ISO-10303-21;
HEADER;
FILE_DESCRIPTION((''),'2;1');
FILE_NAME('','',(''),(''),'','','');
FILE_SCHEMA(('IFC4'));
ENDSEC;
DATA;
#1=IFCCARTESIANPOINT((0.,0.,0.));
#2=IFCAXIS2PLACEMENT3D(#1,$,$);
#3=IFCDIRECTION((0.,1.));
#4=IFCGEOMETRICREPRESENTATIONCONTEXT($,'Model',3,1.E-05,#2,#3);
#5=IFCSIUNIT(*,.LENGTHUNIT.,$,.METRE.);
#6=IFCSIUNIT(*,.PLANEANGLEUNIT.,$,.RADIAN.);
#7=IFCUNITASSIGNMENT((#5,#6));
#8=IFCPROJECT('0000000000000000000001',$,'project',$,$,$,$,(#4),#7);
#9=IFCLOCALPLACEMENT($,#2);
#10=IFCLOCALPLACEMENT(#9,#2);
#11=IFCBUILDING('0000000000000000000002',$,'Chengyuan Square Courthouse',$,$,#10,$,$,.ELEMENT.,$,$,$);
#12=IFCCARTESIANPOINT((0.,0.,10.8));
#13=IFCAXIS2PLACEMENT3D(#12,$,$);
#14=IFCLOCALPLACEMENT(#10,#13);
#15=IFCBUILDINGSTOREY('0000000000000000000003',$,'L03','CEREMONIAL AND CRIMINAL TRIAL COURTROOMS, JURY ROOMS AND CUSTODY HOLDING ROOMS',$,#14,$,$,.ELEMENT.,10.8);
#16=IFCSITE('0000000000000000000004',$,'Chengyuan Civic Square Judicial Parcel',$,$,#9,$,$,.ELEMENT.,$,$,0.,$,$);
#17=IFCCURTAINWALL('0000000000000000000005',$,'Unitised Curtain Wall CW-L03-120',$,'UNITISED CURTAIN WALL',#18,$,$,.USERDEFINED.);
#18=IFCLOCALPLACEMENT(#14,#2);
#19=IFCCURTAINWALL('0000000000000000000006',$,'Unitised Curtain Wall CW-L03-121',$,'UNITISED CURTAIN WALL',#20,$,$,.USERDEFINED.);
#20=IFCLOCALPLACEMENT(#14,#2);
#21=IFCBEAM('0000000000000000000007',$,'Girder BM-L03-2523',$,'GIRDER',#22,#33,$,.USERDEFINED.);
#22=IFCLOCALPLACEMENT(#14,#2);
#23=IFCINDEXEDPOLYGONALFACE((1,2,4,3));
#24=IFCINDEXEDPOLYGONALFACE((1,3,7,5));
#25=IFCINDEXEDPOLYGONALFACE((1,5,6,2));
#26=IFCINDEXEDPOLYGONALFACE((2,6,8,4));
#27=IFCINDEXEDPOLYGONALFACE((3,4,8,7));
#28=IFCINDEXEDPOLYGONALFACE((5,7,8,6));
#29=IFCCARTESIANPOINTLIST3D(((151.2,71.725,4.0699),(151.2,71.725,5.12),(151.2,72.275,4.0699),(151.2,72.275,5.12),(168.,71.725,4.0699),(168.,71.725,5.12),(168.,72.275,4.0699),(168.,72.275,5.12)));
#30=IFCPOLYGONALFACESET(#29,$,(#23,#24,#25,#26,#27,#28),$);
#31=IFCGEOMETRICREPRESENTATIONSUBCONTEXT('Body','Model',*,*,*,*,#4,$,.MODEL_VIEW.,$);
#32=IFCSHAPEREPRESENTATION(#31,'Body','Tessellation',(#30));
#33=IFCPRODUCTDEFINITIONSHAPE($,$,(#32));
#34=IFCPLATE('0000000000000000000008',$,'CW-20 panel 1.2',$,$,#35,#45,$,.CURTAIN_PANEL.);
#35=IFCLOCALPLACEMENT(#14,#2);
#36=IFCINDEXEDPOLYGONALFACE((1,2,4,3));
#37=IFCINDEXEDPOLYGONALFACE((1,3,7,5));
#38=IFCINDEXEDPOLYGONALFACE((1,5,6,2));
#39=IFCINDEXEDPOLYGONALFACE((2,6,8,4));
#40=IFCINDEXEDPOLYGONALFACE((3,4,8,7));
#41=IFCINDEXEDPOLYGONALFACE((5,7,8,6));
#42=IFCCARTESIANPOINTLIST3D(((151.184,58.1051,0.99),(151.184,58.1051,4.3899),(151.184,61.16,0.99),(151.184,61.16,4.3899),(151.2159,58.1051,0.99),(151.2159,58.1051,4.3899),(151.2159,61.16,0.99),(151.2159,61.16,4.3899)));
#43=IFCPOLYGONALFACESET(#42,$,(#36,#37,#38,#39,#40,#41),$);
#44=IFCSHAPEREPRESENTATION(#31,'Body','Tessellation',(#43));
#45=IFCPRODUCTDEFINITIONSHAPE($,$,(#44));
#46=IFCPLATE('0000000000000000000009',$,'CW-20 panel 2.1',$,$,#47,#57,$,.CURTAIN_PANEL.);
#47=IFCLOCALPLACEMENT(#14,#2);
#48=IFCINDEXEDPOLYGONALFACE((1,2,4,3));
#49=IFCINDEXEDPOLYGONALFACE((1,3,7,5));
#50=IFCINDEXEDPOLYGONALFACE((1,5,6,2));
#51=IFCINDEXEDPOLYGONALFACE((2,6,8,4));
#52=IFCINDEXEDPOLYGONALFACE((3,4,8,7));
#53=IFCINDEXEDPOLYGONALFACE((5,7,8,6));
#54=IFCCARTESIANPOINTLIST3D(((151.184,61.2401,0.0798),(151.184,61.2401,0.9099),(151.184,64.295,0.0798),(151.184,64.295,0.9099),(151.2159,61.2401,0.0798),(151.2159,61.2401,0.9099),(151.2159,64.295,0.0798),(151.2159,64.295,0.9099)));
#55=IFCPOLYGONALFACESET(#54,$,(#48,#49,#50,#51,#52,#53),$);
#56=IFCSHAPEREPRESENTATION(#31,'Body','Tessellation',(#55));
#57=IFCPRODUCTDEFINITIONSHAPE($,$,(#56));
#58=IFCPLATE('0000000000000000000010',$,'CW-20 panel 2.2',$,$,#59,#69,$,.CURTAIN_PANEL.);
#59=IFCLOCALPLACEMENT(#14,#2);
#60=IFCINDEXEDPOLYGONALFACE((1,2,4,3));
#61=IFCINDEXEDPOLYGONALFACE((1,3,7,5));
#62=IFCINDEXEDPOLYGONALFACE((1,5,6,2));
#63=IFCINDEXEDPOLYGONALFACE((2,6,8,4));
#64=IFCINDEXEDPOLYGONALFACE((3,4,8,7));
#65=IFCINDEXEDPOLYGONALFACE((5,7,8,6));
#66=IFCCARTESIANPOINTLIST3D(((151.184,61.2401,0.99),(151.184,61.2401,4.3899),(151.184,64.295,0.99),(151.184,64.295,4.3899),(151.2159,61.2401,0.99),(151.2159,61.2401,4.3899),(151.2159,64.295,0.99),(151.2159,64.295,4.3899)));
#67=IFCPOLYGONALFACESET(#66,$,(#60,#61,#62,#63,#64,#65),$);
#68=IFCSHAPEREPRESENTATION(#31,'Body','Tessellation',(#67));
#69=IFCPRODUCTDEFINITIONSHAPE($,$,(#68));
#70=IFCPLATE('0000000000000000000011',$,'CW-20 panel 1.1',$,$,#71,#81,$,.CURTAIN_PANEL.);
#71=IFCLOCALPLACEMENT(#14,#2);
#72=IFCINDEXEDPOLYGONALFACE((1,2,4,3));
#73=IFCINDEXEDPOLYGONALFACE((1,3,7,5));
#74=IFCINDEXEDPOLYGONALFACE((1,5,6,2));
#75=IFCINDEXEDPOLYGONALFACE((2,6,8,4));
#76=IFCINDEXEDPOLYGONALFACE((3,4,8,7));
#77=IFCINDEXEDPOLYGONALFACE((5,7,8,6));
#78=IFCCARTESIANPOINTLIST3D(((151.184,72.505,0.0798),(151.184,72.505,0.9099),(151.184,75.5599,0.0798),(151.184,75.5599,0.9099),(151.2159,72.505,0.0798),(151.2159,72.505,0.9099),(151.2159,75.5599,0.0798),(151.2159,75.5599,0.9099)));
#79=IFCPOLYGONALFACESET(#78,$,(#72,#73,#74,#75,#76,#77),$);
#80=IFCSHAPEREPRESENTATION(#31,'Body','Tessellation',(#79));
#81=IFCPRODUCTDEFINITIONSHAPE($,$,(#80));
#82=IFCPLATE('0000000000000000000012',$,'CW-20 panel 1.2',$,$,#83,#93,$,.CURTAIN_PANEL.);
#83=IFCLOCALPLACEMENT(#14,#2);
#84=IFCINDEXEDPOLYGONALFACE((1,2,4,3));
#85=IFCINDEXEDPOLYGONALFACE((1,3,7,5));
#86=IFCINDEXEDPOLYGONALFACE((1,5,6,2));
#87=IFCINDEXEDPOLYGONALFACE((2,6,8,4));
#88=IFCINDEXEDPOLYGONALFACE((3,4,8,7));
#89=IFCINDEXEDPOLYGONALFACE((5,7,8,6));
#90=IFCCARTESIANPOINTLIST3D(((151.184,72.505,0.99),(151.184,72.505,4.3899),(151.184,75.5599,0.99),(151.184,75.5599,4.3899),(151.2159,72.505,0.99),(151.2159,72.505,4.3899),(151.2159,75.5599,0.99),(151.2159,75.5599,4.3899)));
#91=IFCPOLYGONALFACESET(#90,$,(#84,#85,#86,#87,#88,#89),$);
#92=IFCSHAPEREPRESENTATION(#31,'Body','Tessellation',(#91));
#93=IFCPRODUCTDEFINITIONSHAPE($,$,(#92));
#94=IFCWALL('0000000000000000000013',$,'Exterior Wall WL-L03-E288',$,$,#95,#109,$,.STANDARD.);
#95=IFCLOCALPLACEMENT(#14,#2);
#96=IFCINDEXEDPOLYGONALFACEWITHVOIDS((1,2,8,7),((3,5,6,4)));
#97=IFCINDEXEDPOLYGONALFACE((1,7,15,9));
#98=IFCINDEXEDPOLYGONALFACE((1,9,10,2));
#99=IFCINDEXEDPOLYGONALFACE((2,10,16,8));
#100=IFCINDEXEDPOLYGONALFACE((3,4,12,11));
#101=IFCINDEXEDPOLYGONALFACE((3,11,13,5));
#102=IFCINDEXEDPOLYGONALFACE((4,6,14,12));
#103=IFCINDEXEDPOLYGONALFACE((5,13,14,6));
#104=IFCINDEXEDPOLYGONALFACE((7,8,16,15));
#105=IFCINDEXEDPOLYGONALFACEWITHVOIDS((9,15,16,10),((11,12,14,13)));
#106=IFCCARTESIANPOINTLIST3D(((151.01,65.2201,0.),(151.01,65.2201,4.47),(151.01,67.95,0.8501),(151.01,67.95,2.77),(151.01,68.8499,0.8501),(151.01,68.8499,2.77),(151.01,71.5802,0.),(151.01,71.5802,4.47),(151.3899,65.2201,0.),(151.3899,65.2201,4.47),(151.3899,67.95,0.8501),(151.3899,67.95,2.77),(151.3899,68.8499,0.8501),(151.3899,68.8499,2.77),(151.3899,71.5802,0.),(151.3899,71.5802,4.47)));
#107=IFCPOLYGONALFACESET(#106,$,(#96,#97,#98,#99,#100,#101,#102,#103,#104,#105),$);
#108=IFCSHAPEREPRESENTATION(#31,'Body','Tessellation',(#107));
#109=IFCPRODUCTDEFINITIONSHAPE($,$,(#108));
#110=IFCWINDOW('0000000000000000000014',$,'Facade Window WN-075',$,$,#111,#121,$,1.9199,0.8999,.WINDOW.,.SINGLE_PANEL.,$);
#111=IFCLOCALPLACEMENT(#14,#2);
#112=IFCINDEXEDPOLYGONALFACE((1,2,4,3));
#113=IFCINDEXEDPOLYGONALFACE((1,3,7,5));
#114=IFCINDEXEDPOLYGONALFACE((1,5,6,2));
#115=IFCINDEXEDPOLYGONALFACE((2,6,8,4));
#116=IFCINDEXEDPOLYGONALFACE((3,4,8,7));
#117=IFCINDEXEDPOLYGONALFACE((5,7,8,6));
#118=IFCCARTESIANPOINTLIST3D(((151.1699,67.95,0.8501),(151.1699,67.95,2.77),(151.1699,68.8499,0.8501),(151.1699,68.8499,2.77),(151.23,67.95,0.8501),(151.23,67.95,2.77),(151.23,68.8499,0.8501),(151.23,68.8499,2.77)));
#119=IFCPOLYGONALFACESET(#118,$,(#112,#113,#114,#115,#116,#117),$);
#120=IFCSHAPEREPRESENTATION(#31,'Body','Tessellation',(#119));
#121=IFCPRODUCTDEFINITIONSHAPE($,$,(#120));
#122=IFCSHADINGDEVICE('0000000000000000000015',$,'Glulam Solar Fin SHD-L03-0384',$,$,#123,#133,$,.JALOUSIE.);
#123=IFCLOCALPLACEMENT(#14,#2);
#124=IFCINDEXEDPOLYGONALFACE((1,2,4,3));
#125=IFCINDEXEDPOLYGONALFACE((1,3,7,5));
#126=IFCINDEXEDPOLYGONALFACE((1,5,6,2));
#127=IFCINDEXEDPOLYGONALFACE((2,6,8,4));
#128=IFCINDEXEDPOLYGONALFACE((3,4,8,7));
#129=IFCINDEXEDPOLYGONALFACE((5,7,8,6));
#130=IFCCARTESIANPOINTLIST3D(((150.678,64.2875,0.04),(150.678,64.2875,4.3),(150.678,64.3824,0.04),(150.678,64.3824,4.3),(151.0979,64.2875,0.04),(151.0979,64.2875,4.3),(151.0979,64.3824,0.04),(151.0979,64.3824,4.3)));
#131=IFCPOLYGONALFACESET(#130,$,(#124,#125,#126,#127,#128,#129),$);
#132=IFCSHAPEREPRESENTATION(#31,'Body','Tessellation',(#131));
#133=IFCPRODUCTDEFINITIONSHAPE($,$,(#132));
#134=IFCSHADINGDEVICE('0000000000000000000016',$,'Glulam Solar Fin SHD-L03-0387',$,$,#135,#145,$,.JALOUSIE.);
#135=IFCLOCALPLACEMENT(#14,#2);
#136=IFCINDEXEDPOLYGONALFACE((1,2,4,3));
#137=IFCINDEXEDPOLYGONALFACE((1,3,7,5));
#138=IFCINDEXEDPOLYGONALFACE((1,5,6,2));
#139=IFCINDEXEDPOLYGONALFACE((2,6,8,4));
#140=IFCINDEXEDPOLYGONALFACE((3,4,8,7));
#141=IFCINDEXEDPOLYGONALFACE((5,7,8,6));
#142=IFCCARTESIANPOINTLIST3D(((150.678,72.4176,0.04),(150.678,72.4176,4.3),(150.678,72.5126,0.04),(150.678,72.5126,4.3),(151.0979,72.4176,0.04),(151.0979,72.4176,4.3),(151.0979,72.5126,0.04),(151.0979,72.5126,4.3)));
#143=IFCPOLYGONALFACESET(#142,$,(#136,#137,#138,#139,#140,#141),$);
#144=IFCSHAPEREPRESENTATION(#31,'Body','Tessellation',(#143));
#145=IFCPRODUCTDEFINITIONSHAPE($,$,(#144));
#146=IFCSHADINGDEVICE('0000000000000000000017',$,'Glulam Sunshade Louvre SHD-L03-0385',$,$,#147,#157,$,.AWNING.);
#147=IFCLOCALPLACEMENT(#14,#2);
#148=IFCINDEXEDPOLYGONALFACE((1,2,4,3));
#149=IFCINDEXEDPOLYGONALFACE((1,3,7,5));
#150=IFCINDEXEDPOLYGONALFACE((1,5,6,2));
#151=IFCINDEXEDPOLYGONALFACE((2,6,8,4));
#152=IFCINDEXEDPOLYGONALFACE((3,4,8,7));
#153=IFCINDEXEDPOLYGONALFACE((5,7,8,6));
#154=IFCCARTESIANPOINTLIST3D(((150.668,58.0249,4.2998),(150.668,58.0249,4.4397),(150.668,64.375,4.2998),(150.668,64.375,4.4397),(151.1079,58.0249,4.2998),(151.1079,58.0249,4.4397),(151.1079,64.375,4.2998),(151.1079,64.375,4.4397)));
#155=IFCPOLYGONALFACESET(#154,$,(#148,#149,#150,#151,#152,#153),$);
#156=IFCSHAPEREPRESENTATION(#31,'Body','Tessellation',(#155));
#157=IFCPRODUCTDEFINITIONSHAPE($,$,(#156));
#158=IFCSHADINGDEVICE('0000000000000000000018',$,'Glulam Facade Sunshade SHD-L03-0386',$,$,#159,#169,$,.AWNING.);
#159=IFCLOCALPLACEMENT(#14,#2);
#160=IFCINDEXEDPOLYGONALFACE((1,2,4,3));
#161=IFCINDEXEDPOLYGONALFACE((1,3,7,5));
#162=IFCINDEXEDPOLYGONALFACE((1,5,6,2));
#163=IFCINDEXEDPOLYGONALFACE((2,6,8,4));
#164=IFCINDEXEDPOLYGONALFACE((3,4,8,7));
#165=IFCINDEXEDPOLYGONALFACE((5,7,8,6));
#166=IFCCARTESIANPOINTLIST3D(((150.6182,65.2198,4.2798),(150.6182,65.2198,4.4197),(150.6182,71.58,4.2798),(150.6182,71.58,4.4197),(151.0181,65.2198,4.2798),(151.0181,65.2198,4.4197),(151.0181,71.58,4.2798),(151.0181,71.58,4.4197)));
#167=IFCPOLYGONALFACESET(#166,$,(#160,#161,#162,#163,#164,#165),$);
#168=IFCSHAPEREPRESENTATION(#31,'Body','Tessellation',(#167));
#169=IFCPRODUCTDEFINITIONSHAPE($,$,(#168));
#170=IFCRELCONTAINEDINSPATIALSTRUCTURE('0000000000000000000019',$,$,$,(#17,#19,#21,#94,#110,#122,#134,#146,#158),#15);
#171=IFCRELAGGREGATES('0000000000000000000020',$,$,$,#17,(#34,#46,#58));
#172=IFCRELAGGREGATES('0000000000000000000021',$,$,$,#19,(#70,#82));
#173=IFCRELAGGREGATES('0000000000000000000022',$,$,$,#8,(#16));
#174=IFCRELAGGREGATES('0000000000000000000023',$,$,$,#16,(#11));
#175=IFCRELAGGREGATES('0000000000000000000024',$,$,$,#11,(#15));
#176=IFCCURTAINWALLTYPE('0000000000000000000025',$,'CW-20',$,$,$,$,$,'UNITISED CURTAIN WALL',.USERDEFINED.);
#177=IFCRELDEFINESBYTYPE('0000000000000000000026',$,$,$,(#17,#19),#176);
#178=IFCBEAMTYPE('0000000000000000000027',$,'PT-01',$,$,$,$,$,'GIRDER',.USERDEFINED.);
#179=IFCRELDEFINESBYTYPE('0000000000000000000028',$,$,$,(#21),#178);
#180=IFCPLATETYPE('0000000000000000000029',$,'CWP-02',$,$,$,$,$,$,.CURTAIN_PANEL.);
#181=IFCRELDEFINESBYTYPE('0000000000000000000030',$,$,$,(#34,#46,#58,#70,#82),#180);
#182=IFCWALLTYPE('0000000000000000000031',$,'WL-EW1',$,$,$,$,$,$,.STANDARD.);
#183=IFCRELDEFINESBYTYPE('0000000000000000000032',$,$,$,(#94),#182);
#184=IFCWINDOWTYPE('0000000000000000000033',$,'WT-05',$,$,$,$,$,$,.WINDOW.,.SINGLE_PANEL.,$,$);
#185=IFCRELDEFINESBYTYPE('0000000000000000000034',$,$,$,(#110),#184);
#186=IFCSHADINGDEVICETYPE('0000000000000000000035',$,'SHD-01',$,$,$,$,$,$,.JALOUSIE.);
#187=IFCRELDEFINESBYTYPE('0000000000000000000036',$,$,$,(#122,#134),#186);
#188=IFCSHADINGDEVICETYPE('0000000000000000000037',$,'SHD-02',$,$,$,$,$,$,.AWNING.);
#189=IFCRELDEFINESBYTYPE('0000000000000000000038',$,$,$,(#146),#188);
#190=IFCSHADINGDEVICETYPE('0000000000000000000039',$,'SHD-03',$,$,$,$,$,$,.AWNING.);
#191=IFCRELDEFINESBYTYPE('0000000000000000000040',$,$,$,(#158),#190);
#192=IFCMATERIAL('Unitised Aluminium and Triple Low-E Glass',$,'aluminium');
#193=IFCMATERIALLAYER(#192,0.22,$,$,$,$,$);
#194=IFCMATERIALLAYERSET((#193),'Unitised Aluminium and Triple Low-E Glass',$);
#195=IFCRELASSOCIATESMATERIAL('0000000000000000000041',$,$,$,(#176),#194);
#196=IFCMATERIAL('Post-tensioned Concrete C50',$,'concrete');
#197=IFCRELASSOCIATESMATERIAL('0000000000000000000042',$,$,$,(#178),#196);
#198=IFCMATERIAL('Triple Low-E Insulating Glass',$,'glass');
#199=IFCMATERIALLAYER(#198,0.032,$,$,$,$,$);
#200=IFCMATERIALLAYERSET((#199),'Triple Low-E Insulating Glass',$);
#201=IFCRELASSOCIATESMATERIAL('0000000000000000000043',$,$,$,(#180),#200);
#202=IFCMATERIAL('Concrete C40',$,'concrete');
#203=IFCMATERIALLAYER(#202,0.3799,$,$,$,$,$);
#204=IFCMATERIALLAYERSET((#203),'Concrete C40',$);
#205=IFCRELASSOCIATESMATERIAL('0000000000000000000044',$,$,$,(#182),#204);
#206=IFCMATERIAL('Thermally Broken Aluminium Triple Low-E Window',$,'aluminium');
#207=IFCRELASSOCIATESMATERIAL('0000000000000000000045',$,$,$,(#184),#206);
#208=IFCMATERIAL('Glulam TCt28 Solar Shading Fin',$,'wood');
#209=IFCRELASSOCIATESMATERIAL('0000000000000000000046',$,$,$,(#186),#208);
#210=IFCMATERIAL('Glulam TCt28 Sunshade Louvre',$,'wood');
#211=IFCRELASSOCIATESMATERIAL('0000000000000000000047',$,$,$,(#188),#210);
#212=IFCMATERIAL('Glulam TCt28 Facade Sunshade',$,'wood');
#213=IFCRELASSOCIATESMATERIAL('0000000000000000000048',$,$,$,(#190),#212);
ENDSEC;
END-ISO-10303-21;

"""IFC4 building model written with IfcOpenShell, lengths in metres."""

from ifc_helpers import new_model, si_unit, direction, frame, frame_2d, origin, origin_2d, place, context, subcontext, project, spatial, rectangle, extrude, material, layer, layer_set, material_profile, profile_set, type_object, element, fill, aggregate, save


model = new_model("IFC4")

# Units and contexts
model_context = context("Model", 3, precision=1e-05, world=origin(), true_north=direction((0.0, 1.0)))
body_context = subcontext(model_context, "Body", "Model", "MODEL_VIEW")
ifc_project = project(units=[si_unit("LENGTHUNIT", "METRE"), si_unit("PLANEANGLEUNIT", "RADIAN")], contexts=[model_context])

# Site, building, storey
site_placement = place(None, origin())
site = spatial("IfcSite", under=ifc_project, at=site_placement, Name="Chengyuan Civic Square Judicial Parcel", CompositionType="ELEMENT", RefElevation=0.0)
building_placement = place(site_placement, origin())
building = spatial("IfcBuilding", under=site, at=building_placement, Name="Chengyuan Square Courthouse", CompositionType="ELEMENT")
storey_placement = place(building_placement, frame((0.0, 0.0, 10.8)))
storey = spatial("IfcBuildingStorey", under=building, at=storey_placement, Name="L03", Description="CEREMONIAL AND CRIMINAL TRIAL COURTROOMS, JURY ROOMS AND CUSTODY HOLDING ROOMS", CompositionType="ELEMENT", Elevation=10.8)

# Shared definitions
ifc_material_1 = material(Name="Concrete C40", Category="concrete")

# Curtain wall
ifc_material_2 = material(Name="Unitised Aluminium and Triple Low-E Glass", Category="aluminium")
ifc_layer_1 = layer(ifc_material_2, 0.22)
ifc_layer_set_1 = layer_set([ifc_layer_1], Name="Unitised Aluminium and Triple Low-E Glass")
curtain_wall_type = type_object("IfcCurtainWallType", Name="CW-20", ElementType="UNITISED CURTAIN WALL", PredefinedType="USERDEFINED", material=ifc_layer_set_1)
curtain_wall_1_placement = place(storey_placement, origin())
curtain_wall_1 = element("IfcCurtainWall", 1, at=curtain_wall_1_placement, inside=storey, type_object=curtain_wall_type, Name="Unitised Curtain Wall CW-L03-120", ObjectType="UNITISED CURTAIN WALL", PredefinedType="USERDEFINED")

# Curtain wall
curtain_wall_2_placement = place(storey_placement, origin())
curtain_wall_2 = element("IfcCurtainWall", 2, at=curtain_wall_2_placement, inside=storey, type_object=curtain_wall_type, Name="Unitised Curtain Wall CW-L03-121", ObjectType="UNITISED CURTAIN WALL", PredefinedType="USERDEFINED")

# Beam
ifc_material_3 = material(Name="Post-tensioned Concrete C50", Category="concrete")
ifc_material_profile_1 = material_profile(ifc_material_3, rectangle(XDim=0.55, YDim=1.05, at=origin_2d()), Name="PT-BM-550x1050")
ifc_profile_set_1 = profile_set([ifc_material_profile_1], Name="Post-tensioned Concrete C50")
beam_type_1 = type_object("IfcBeamType", Name="PT-01", ElementType="GIRDER", PredefinedType="USERDEFINED", material=ifc_profile_set_1)
for number, where, z_axis, x_axis, name in (
    (3, (151.2, 72.0, 4.595), (1.0, 0.0, 0.0), (0.0, 1.0, 0.0), "Girder BM-L03-2523"),
):
    element("IfcBeam", number, at=place(storey_placement, frame(where, z_axis=z_axis, x_axis=x_axis)), inside=storey, type_object=beam_type_1, Name=name, ObjectType="GIRDER", PredefinedType="USERDEFINED", context=body_context, shape_type="SweptSolid", body=[
        extrude(rectangle(XDim=0.55, YDim=1.05, at=origin_2d()), origin(), (0.0, 0.0, 1.0), 16.8),
    ])

# Plates
ifc_material_4 = material(Name="Triple Low-E Insulating Glass", Category="glass")
ifc_layer_2 = layer(ifc_material_4, 0.032)
ifc_layer_set_2 = layer_set([ifc_layer_2], Name="Triple Low-E Insulating Glass")
plate_type = type_object("IfcPlateType", Name="CWP-02", PredefinedType="CURTAIN_PANEL", material=ifc_layer_set_2)
plate_1_placement = place(storey_placement, frame((151.2, 59.6326, 0.99), z_axis=(0.0, 0.0, 1.0), x_axis=(0.0, 1.0, 0.0)))
plate_1 = element("IfcPlate", 4, at=plate_1_placement, type_object=plate_type, Name="CW-20 panel 1.2", PredefinedType="CURTAIN_PANEL", context=body_context, shape_type="SweptSolid", body=[
    extrude(rectangle(XDim=3.0549, YDim=0.032, at=origin_2d()), origin(), (0.0, 0.0, 1.0), 3.3999),
])
plate_2_placement = place(storey_placement, frame((151.2, 62.7676, 0.0798), z_axis=(0.0, 0.0, 1.0), x_axis=(0.0, 1.0, 0.0)))
plate_2 = element("IfcPlate", 5, at=plate_2_placement, type_object=plate_type, Name="CW-20 panel 2.1", PredefinedType="CURTAIN_PANEL", context=body_context, shape_type="SweptSolid", body=[
    extrude(rectangle(XDim=3.0549, YDim=0.032, at=origin_2d()), origin(), (0.0, 0.0, 1.0), 0.8301),
])
plate_3_placement = place(storey_placement, frame((151.2, 62.7676, 0.99), z_axis=(0.0, 0.0, 1.0), x_axis=(0.0, 1.0, 0.0)))
plate_3 = element("IfcPlate", 6, at=plate_3_placement, type_object=plate_type, Name="CW-20 panel 2.2", PredefinedType="CURTAIN_PANEL", context=body_context, shape_type="SweptSolid", body=[
    extrude(rectangle(XDim=3.0549, YDim=0.032, at=origin_2d()), origin(), (0.0, 0.0, 1.0), 3.3999),
])
aggregate(curtain_wall_1, [plate_1, plate_2, plate_3])
plate_4_placement = place(storey_placement, frame((151.2, 74.0325, 0.0798), z_axis=(0.0, 0.0, 1.0), x_axis=(0.0, 1.0, 0.0)))
plate_4 = element("IfcPlate", 7, at=plate_4_placement, type_object=plate_type, Name="CW-20 panel 1.1", PredefinedType="CURTAIN_PANEL", context=body_context, shape_type="SweptSolid", body=[
    extrude(rectangle(XDim=3.0549, YDim=0.032, at=origin_2d()), origin(), (0.0, 0.0, 1.0), 0.8301),
])
plate_5_placement = place(storey_placement, frame((151.2, 74.0325, 0.99), z_axis=(0.0, 0.0, 1.0), x_axis=(0.0, 1.0, 0.0)))
plate_5 = element("IfcPlate", 8, at=plate_5_placement, type_object=plate_type, Name="CW-20 panel 1.2", PredefinedType="CURTAIN_PANEL", context=body_context, shape_type="SweptSolid", body=[
    extrude(rectangle(XDim=3.0549, YDim=0.032, at=origin_2d()), origin(), (0.0, 0.0, 1.0), 3.3999),
])
aggregate(curtain_wall_2, [plate_4, plate_5])

# Wall, opening, window
ifc_layer_3 = layer(ifc_material_1, 0.3799)
ifc_layer_set_3 = layer_set([ifc_layer_3], Name="Concrete C40")
wall_type = type_object("IfcWallType", Name="WL-EW1", PredefinedType="STANDARD", material=ifc_layer_set_3)
wall_placement = place(storey_placement, frame((151.2, 65.22, 0.0), z_axis=(0.0, 0.0, 1.0), x_axis=(0.0, 1.0, 0.0)))
wall = element("IfcWall", 9, at=wall_placement, inside=storey, type_object=wall_type, Name="Exterior Wall WL-L03-E288", PredefinedType="STANDARD", context=body_context, shape_type="SweptSolid", body=[
    extrude(rectangle(XDim=6.3601, YDim=0.3799, at=frame_2d((3.1802, 0.0))), origin(), (0.0, 0.0, 1.0), 4.47),
])
opening_placement = place(wall_placement, frame((2.73, 0.0, 0.8501)))
opening = element("IfcOpeningElement", 10, at=opening_placement, cuts=wall, PredefinedType="OPENING", context=body_context, shape_type="SweptSolid", body=[
    extrude(rectangle(XDim=0.8999, YDim=1.9199, at=frame_2d((0.45, 0.96))), frame((0.0, 0.2019, 0.0), z_axis=(0.0, -1.0, 0.0), x_axis=(1.0, 0.0, 0.0)), (0.0, 0.0, 1.0), 0.4038),
])
ifc_material_5 = material(Name="Thermally Broken Aluminium Triple Low-E Window", Category="aluminium")
window_type = type_object("IfcWindowType", Name="WT-05", PartitioningType="SINGLE_PANEL", PredefinedType="WINDOW", material=ifc_material_5)
window_placement = place(opening_placement, origin())
window = element("IfcWindow", 11, at=window_placement, inside=storey, type_object=window_type, Name="Facade Window WN-075", OverallHeight=1.9199, OverallWidth=0.8999, PartitioningType="SINGLE_PANEL", PredefinedType="WINDOW", context=body_context, shape_type="SweptSolid", body=[
    extrude(rectangle(XDim=0.8999, YDim=1.9199, at=frame_2d((0.45, 0.96))), frame((0.0, 0.03, 0.0), z_axis=(0.0, -1.0, 0.0), x_axis=(1.0, 0.0, 0.0)), (0.0, 0.0, 1.0), 0.0601),
])
fill(opening, window)

# Shading devices
ifc_material_6 = material(Name="Glulam TCt28 Solar Shading Fin", Category="wood")
shading_device_type_1 = type_object("IfcShadingDeviceType", Name="SHD-01", PredefinedType="JALOUSIE", material=ifc_material_6)
for number, where, z_axis, x_axis, name in (
    (12, (150.8879, 64.335, 0.04), (0.0, 0.0, 1.0), (1.0, 0.0, 0.0), "Glulam Solar Fin SHD-L03-0384"),
    (13, (150.8879, 72.4651, 0.04), (0.0, 0.0, 1.0), (1.0, 0.0, 0.0), "Glulam Solar Fin SHD-L03-0387"),
):
    element("IfcShadingDevice", number, at=place(storey_placement, frame(where, z_axis=z_axis, x_axis=x_axis)), inside=storey, type_object=shading_device_type_1, Name=name, PredefinedType="JALOUSIE", context=body_context, shape_type="SweptSolid", body=[
        extrude(rectangle(XDim=0.4199, YDim=0.095, at=origin_2d()), origin(), (0.0, 0.0, 1.0), 4.26),
    ])
ifc_material_7 = material(Name="Glulam TCt28 Sunshade Louvre", Category="wood")
shading_device_type_2 = type_object("IfcShadingDeviceType", Name="SHD-02", PredefinedType="AWNING", material=ifc_material_7)
shading_device_1_placement = place(storey_placement, frame((150.8879, 61.2, 4.2998), z_axis=(0.0, 0.0, 1.0), x_axis=(0.0, 1.0, 0.0)))
element("IfcShadingDevice", 14, at=shading_device_1_placement, inside=storey, type_object=shading_device_type_2, Name="Glulam Sunshade Louvre SHD-L03-0385", PredefinedType="AWNING", context=body_context, shape_type="SweptSolid", body=[
    extrude(rectangle(XDim=6.3501, YDim=0.4399, at=origin_2d()), origin(), (0.0, 0.0, 1.0), 0.1399),
])
ifc_material_8 = material(Name="Glulam TCt28 Facade Sunshade", Category="wood")
shading_device_type_3 = type_object("IfcShadingDeviceType", Name="SHD-03", PredefinedType="AWNING", material=ifc_material_8)
shading_device_2_placement = place(storey_placement, frame((150.8181, 68.3999, 4.2798), z_axis=(0.0, 0.0, 1.0), x_axis=(0.0, 1.0, 0.0)))
element("IfcShadingDevice", 15, at=shading_device_2_placement, inside=storey, type_object=shading_device_type_3, Name="Glulam Facade Sunshade SHD-L03-0386", PredefinedType="AWNING", context=body_context, shape_type="SweptSolid", body=[
    extrude(rectangle(XDim=6.3601, YDim=0.3999, at=origin_2d()), origin(), (0.0, 0.0, 1.0), 0.1399),
])

save(model, "model.ifc")
